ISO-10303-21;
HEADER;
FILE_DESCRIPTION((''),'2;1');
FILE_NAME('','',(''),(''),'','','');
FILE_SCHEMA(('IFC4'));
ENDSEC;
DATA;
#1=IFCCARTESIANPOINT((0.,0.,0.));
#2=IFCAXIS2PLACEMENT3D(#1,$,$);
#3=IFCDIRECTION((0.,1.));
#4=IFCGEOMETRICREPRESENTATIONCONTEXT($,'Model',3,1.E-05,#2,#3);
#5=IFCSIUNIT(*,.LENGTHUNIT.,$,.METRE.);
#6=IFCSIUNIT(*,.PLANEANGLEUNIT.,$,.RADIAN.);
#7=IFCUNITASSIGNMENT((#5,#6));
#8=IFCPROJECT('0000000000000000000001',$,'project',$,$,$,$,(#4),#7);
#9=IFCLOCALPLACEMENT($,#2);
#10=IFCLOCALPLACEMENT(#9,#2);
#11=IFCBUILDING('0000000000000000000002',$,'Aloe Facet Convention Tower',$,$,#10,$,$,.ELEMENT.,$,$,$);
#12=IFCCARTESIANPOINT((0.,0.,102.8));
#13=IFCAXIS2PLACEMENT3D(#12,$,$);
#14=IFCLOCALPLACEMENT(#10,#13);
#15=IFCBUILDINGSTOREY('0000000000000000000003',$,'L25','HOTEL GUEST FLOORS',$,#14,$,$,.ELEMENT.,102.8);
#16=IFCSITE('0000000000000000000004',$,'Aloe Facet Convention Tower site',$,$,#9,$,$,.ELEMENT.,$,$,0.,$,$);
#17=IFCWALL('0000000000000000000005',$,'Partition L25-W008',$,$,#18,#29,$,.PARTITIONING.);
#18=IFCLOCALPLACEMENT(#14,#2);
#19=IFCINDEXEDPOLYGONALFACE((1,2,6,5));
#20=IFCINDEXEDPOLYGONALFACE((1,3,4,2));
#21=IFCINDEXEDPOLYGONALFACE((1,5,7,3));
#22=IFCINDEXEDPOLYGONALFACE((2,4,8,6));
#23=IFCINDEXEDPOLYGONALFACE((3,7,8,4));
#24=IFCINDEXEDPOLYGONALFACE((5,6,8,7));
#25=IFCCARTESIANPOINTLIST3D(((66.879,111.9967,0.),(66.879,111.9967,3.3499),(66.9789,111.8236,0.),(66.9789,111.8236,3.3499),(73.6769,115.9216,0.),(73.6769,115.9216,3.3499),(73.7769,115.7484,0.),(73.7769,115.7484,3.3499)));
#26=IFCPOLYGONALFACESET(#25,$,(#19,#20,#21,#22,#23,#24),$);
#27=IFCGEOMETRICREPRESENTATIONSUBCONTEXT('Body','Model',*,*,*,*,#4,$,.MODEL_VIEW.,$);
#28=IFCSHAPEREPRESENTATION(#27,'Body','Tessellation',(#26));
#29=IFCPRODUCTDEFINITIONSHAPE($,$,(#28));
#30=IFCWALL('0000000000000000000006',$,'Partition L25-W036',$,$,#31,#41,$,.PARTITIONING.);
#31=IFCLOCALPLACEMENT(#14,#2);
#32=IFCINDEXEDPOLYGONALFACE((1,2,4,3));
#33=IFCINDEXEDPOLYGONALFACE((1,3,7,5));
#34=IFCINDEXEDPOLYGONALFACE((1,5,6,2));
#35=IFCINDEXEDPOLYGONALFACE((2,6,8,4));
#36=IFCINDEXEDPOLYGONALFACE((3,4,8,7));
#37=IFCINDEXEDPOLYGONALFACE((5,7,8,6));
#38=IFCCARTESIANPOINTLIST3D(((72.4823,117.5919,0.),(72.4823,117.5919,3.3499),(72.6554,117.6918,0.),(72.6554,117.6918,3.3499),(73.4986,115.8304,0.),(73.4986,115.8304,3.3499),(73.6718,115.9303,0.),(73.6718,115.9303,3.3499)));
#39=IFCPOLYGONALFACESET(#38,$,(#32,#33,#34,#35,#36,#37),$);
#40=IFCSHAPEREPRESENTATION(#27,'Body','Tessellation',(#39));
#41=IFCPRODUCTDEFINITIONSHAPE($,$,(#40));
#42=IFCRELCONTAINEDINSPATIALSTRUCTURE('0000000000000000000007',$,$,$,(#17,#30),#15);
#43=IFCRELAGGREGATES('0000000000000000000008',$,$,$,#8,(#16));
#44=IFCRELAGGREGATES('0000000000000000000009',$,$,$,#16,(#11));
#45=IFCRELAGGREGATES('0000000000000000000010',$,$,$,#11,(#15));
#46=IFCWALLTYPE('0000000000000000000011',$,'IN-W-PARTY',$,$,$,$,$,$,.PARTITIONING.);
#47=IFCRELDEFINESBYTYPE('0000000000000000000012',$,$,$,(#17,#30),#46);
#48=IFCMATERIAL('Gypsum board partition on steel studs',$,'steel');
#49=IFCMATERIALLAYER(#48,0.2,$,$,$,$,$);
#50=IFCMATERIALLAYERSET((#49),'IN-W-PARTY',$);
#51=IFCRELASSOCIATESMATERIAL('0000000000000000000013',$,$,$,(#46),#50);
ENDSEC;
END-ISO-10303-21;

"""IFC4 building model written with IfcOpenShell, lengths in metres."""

from ifc_helpers import new_model, si_unit, direction, frame, frame_2d, origin, place, context, subcontext, project, spatial, rectangle, extrude, material, layer, layer_set, type_object, element, save


model = new_model("IFC4")

# Units and contexts
model_context = context("Model", 3, precision=1e-05, world=origin(), true_north=direction((0.0, 1.0)))
body_context = subcontext(model_context, "Body", "Model", "MODEL_VIEW")
ifc_project = project(units=[si_unit("LENGTHUNIT", "METRE"), si_unit("PLANEANGLEUNIT", "RADIAN")], contexts=[model_context])

# Site, building, storey
site_placement = place(None, origin())
site = spatial("IfcSite", under=ifc_project, at=site_placement, Name="Aloe Facet Convention Tower site", CompositionType="ELEMENT", RefElevation=0.0)
building_placement = place(site_placement, origin())
building = spatial("IfcBuilding", under=site, at=building_placement, Name="Aloe Facet Convention Tower", CompositionType="ELEMENT")
storey_placement = place(building_placement, frame((0.0, 0.0, 102.8)))
storey = spatial("IfcBuildingStorey", under=building, at=storey_placement, Name="L25", Description="HOTEL GUEST FLOORS", CompositionType="ELEMENT", Elevation=102.8)

# Walls
ifc_material_1 = material(Name="Gypsum board partition on steel studs", Category="steel")
ifc_layer_1 = layer(ifc_material_1, 0.2)
ifc_layer_set_1 = layer_set([ifc_layer_1], Name="IN-W-PARTY")
wall_type_1 = type_object("IfcWallType", Name="IN-W-PARTY", PredefinedType="PARTITIONING", material=ifc_layer_set_1)
wall_1_placement = place(storey_placement, frame((66.929, 111.9102, 0.0), z_axis=(0.0, 0.0, 1.0), x_axis=(0.866022, 0.500006, 0.0)))
element("IfcWall", 1, at=wall_1_placement, inside=storey, type_object=wall_type_1, Name="Partition L25-W008", PredefinedType="PARTITIONING", context=body_context, shape_type="SweptSolid", body=[
    extrude(rectangle(XDim=7.8496, YDim=0.2, at=frame_2d((3.9248, 0.0))), origin(), (0.0, 0.0, 1.0), 3.3499),
])
wall_2_placement = place(storey_placement, frame((72.5688, 117.6418, 0.0), z_axis=(0.0, 0.0, 1.0), x_axis=(0.499767, -0.86616, 0.0)))
element("IfcWall", 2, at=wall_2_placement, inside=storey, type_object=wall_type_1, Name="Partition L25-W036", PredefinedType="PARTITIONING", context=body_context, shape_type="SweptSolid", body=[
    extrude(rectangle(XDim=2.0337, YDim=0.2, at=frame_2d((1.0168, 0.0))), origin(), (0.0, 0.0, 1.0), 3.3499),
])

save(model, "model.ifc")
